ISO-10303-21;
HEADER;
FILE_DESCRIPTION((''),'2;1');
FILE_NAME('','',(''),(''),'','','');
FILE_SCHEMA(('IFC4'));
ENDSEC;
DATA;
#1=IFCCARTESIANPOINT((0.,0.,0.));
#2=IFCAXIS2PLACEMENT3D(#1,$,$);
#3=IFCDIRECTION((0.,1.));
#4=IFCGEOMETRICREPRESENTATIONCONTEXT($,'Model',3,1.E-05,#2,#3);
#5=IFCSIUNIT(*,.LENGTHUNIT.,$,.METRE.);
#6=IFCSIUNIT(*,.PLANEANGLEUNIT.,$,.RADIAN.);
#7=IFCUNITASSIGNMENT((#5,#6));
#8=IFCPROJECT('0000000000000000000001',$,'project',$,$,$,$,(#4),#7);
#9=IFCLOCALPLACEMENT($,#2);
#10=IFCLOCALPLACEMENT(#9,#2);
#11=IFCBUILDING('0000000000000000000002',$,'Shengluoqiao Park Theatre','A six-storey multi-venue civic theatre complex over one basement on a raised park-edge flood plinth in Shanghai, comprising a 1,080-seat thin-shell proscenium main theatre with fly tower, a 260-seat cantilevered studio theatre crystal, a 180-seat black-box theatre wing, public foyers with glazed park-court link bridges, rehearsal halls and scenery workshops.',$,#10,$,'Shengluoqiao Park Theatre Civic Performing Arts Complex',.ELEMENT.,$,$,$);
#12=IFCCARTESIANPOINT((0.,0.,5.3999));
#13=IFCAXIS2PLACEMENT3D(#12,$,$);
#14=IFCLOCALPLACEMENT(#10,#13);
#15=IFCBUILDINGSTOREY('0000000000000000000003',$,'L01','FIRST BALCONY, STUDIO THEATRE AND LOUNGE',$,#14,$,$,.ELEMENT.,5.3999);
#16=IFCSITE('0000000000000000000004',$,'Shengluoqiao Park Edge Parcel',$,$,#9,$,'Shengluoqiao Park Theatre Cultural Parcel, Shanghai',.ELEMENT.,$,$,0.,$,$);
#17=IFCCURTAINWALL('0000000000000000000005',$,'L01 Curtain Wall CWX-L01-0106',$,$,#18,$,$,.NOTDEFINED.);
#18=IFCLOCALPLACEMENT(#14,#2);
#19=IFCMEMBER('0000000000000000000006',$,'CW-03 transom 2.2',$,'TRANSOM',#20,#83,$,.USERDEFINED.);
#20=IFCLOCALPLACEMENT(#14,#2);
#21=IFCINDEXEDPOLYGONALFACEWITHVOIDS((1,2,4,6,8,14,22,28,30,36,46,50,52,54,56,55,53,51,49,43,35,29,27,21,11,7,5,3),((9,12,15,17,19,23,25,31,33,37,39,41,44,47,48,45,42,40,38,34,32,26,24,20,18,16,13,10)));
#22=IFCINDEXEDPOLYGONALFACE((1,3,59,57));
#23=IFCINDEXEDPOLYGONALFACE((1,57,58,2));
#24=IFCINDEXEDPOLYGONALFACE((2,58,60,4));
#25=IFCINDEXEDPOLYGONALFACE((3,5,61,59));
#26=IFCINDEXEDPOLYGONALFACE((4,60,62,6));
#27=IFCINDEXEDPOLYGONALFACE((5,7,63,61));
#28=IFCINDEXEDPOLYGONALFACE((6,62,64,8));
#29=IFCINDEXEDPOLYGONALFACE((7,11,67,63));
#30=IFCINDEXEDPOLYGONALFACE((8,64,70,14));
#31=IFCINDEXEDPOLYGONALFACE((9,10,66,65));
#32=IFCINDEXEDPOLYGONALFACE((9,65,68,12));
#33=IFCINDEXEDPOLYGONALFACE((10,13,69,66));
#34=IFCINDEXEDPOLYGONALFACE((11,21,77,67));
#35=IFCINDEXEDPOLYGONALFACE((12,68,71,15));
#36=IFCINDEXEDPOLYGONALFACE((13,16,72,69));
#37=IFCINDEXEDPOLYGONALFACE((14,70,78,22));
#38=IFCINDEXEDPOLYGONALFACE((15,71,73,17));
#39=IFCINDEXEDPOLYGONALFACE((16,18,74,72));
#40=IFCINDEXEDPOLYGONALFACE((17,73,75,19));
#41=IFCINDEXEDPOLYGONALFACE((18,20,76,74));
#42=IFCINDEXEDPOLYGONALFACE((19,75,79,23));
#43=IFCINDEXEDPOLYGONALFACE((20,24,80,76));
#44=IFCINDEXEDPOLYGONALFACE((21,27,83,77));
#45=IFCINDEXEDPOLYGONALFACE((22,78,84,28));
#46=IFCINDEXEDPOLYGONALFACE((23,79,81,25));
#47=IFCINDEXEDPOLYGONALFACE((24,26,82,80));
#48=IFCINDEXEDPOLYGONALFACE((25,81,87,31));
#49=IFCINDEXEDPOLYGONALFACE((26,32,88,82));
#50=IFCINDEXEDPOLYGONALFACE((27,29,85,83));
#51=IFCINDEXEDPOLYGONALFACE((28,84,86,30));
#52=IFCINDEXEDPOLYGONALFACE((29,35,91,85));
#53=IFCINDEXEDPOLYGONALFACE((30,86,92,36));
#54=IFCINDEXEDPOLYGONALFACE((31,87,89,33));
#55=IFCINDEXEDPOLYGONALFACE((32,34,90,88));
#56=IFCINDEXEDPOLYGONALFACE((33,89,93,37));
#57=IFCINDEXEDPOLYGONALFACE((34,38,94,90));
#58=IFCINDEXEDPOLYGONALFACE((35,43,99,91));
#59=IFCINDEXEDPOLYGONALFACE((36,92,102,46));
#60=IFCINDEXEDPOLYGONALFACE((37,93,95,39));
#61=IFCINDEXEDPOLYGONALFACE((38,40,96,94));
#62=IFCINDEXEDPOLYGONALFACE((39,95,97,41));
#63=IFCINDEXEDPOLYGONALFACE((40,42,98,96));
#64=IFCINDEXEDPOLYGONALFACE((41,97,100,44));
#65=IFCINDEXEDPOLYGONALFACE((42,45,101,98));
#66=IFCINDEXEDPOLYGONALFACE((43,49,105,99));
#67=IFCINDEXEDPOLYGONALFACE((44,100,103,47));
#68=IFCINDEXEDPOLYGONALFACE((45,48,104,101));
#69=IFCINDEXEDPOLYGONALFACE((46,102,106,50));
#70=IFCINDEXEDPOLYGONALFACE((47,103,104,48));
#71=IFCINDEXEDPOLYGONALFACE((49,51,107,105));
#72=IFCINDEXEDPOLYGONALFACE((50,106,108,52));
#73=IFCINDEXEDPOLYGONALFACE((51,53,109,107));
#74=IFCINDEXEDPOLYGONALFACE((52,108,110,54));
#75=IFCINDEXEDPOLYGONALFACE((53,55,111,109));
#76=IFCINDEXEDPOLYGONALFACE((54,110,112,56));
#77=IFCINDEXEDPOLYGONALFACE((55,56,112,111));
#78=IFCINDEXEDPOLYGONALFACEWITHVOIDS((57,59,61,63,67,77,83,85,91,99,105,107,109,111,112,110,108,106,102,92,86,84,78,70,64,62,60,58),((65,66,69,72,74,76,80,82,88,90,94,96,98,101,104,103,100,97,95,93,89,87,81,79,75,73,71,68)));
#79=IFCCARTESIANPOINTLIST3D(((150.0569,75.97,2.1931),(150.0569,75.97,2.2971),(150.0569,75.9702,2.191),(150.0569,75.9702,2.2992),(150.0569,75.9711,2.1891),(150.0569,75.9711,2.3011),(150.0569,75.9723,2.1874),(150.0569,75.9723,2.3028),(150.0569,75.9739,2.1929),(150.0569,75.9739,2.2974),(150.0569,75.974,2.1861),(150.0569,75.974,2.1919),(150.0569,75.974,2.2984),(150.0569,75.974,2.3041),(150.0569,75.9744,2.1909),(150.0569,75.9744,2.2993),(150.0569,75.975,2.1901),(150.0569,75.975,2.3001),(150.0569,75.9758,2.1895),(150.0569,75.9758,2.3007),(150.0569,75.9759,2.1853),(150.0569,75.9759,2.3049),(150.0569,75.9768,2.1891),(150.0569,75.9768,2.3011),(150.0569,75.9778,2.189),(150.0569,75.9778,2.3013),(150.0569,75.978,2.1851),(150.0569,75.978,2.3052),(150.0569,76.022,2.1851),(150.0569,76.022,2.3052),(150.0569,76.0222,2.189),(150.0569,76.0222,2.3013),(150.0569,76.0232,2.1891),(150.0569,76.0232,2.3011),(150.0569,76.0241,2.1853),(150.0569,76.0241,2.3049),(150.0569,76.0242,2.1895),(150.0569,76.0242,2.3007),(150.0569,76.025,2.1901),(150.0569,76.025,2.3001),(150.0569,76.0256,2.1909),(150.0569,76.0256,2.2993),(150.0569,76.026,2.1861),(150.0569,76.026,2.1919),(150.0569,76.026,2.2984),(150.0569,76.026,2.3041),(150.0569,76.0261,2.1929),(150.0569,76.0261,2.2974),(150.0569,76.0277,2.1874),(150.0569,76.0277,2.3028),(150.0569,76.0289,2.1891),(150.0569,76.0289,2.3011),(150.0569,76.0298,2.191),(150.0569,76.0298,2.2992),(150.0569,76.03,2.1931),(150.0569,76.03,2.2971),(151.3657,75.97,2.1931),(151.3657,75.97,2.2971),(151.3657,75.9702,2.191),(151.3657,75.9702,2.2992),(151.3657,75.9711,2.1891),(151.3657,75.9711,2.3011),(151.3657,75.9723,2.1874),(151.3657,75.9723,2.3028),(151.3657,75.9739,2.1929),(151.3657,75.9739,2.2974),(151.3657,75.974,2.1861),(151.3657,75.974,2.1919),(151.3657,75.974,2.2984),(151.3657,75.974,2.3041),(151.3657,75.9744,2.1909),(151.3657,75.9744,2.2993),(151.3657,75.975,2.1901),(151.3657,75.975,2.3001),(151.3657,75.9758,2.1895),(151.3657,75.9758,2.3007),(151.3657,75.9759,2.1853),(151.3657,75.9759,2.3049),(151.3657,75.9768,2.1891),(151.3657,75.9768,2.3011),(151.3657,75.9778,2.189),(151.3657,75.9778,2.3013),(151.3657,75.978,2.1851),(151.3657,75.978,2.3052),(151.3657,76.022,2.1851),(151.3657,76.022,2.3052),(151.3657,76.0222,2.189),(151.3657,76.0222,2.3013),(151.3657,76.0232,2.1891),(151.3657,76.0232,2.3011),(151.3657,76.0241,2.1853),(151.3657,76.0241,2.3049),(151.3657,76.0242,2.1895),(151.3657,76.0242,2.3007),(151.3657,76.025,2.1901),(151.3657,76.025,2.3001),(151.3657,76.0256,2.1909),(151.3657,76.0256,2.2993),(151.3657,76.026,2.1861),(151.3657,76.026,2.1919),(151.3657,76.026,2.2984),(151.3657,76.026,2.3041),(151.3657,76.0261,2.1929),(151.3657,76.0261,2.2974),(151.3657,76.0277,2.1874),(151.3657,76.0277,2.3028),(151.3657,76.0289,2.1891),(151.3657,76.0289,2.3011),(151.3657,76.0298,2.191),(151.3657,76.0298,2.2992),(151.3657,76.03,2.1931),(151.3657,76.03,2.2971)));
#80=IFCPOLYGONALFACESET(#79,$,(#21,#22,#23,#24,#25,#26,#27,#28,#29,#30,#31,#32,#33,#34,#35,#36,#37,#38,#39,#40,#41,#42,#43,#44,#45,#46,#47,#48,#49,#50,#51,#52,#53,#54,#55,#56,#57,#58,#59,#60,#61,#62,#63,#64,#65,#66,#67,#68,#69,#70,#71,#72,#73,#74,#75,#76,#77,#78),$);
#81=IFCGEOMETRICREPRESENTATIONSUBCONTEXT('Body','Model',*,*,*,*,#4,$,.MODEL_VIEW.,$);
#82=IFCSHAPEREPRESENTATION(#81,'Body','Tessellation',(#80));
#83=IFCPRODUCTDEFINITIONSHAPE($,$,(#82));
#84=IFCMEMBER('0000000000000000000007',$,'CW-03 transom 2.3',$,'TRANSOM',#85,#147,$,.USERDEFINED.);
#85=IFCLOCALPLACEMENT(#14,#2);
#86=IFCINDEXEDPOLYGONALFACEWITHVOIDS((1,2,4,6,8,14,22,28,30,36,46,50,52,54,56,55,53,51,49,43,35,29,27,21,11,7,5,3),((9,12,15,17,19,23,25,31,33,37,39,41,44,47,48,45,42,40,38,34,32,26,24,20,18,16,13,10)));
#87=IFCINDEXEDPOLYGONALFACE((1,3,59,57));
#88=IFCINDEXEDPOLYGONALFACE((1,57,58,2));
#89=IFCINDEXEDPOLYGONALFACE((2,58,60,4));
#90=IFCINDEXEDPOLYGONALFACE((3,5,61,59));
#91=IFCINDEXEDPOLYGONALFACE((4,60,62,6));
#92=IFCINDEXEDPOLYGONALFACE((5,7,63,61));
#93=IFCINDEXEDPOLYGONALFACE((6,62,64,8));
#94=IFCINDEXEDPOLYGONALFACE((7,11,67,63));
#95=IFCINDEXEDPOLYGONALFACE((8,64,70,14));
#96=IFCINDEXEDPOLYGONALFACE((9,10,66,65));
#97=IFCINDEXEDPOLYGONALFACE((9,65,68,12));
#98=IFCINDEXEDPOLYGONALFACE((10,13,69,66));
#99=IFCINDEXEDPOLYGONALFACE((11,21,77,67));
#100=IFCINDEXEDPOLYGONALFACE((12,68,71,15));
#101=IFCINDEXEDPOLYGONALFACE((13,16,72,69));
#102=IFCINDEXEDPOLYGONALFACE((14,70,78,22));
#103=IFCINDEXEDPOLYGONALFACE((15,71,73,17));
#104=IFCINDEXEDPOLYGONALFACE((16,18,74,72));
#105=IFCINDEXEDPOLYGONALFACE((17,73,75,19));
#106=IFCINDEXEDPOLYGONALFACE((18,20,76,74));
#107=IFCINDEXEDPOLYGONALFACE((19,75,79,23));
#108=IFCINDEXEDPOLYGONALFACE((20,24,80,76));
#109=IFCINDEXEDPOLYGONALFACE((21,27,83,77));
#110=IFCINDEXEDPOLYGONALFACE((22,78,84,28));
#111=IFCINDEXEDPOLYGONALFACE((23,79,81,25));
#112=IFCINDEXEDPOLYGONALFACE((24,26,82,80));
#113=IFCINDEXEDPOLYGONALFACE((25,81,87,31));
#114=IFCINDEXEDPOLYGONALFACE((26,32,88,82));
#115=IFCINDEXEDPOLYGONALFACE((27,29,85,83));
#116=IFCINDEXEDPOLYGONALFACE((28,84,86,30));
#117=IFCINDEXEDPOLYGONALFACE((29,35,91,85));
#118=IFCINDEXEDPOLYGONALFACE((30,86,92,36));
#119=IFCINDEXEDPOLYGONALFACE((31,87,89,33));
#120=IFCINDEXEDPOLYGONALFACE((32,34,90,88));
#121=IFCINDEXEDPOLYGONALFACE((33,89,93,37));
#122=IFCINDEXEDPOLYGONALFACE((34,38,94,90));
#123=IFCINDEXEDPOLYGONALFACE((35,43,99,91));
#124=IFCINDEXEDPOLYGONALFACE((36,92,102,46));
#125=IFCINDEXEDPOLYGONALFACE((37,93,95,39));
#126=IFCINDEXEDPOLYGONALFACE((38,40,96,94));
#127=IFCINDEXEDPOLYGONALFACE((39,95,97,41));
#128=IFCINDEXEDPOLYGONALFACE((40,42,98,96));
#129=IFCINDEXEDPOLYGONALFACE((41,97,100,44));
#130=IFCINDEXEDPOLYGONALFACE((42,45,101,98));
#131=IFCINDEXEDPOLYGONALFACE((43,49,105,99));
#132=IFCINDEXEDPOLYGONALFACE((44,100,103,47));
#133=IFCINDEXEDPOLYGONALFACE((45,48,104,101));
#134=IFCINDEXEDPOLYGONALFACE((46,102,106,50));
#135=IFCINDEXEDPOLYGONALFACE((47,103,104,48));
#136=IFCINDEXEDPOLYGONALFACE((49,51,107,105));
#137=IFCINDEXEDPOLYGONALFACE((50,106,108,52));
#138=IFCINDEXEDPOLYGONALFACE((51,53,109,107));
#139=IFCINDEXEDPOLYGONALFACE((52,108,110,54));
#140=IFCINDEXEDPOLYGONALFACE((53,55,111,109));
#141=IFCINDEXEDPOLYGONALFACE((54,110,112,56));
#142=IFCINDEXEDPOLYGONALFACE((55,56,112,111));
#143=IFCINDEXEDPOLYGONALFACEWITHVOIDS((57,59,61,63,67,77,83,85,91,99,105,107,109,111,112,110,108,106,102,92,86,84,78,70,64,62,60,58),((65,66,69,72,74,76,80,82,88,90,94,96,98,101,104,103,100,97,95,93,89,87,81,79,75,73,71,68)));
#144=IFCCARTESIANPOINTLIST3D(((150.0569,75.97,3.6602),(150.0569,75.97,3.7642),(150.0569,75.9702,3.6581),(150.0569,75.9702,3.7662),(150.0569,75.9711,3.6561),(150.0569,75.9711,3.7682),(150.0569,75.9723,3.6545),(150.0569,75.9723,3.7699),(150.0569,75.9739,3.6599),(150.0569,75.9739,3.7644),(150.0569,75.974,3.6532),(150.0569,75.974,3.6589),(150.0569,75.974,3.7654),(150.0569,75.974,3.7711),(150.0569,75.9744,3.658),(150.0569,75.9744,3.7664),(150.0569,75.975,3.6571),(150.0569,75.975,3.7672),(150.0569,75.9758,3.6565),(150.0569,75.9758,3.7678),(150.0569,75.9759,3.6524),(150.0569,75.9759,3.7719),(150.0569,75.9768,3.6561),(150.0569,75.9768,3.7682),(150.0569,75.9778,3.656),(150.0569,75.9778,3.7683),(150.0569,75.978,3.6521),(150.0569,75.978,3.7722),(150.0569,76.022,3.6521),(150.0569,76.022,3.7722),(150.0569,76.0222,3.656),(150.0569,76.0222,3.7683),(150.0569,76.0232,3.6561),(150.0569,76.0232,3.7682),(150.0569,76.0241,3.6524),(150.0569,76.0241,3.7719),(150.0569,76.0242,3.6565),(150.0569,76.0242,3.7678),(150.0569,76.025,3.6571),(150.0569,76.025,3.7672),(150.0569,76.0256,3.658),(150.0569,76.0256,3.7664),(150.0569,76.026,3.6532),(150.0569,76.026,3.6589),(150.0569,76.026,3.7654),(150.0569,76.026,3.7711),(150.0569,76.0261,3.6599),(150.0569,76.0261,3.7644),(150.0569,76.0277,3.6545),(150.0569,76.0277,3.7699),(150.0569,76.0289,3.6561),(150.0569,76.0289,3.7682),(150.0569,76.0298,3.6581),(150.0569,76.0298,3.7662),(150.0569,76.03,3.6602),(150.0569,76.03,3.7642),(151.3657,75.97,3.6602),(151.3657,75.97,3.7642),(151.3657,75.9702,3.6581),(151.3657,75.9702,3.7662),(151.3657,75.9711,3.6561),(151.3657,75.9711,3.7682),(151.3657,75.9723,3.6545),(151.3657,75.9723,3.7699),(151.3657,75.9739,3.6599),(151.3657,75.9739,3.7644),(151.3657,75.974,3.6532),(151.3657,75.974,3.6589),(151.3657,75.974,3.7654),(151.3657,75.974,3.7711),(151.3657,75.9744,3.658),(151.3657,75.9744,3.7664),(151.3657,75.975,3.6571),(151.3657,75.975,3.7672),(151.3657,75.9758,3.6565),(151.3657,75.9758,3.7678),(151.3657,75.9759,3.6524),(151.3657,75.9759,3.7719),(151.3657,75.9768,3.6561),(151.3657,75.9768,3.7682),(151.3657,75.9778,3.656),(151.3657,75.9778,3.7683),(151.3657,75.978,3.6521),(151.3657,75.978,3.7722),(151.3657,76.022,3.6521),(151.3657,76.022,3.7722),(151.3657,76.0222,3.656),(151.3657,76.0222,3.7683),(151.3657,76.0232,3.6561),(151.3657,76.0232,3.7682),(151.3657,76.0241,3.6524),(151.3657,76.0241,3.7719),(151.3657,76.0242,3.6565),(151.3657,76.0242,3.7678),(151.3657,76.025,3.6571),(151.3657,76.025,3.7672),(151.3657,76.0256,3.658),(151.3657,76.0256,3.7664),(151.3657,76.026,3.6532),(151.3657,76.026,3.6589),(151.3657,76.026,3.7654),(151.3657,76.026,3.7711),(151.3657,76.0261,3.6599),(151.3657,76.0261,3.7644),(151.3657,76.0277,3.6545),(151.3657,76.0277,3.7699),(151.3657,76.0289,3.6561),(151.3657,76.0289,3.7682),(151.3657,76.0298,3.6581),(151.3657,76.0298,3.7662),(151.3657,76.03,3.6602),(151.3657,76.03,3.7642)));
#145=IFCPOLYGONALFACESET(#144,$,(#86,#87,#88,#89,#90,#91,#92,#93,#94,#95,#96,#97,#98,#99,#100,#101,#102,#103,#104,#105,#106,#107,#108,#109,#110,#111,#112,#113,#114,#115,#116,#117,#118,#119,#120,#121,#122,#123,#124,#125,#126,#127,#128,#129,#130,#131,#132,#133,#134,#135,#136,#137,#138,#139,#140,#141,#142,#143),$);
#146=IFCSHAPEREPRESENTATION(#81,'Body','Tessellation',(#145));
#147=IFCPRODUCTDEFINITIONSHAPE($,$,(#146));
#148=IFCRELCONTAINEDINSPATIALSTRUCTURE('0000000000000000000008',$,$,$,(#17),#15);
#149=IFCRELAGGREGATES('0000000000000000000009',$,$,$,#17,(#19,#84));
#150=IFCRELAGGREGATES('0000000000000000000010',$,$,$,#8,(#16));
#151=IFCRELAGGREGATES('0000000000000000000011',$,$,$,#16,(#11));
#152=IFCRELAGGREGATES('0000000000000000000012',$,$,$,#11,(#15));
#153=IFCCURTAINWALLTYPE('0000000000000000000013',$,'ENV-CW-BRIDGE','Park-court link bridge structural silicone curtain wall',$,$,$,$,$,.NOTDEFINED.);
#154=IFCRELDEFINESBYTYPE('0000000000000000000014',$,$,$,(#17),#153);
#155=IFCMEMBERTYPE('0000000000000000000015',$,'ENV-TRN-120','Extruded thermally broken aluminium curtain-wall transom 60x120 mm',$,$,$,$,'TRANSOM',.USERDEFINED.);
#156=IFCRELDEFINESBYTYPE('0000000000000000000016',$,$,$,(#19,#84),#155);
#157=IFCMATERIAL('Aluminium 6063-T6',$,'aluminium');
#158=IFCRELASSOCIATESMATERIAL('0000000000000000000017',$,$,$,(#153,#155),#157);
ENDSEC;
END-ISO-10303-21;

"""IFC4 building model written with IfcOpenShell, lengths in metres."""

from ifc_helpers import new_model, si_unit, direction, frame, origin, origin_2d, place, context, subcontext, project, spatial, hollow_rectangle, extrude, material, material_profile, profile_set, type_object, element, aggregate, save


model = new_model("IFC4")

# Units and contexts
model_context = context("Model", 3, precision=1e-05, world=origin(), true_north=direction((0.0, 1.0)))
body_context = subcontext(model_context, "Body", "Model", "MODEL_VIEW")
ifc_project = project(units=[si_unit("LENGTHUNIT", "METRE"), si_unit("PLANEANGLEUNIT", "RADIAN")], contexts=[model_context])

# Site, building, storey
site_placement = place(None, origin())
site = spatial("IfcSite", under=ifc_project, at=site_placement, Name="Shengluoqiao Park Edge Parcel", LongName="Shengluoqiao Park Theatre Cultural Parcel, Shanghai", CompositionType="ELEMENT", RefElevation=0.0)
building_placement = place(site_placement, origin())
building = spatial("IfcBuilding", under=site, at=building_placement, Name="Shengluoqiao Park Theatre", Description="A six-storey multi-venue civic theatre complex over one basement on a raised park-edge flood plinth in Shanghai, comprising a 1,080-seat thin-shell proscenium main theatre with fly tower, a 260-seat cantilevered studio theatre crystal, a 180-seat black-box theatre wing, public foyers with glazed park-court link bridges, rehearsal halls and scenery workshops.", LongName="Shengluoqiao Park Theatre Civic Performing Arts Complex", CompositionType="ELEMENT")
storey_placement = place(building_placement, frame((0.0, 0.0, 5.3999)))
storey = spatial("IfcBuildingStorey", under=building, at=storey_placement, Name="L01", Description="FIRST BALCONY, STUDIO THEATRE AND LOUNGE", CompositionType="ELEMENT", Elevation=5.3999)

# Curtain wall
ifc_material_1 = material(Name="Aluminium 6063-T6", Category="aluminium")
curtain_wall_type = type_object("IfcCurtainWallType", Name="ENV-CW-BRIDGE", Description="Park-court link bridge structural silicone curtain wall", PredefinedType="NOTDEFINED", material=ifc_material_1)
curtain_wall_1_placement = place(storey_placement, origin())
curtain_wall_1 = element("IfcCurtainWall", 1, at=curtain_wall_1_placement, inside=storey, type_object=curtain_wall_type, Name="L01 Curtain Wall CWX-L01-0106", PredefinedType="NOTDEFINED")

# Members
ifc_material_profile_1 = material_profile(ifc_material_1, hollow_rectangle(XDim=0.0601, YDim=0.1201, WallThickness=0.0039, InnerFilletRadius=0.0039, OuterFilletRadius=0.0081, at=origin_2d()), Name="ALU TRANSOM 120x60x4")
ifc_profile_set_1 = profile_set([ifc_material_profile_1], Name="Aluminium 6063-T6")
member_type_1 = type_object("IfcMemberType", Name="ENV-TRN-120", Description="Extruded thermally broken aluminium curtain-wall transom 60x120 mm", ElementType="TRANSOM", PredefinedType="USERDEFINED", material=ifc_profile_set_1)
member_1_placement = place(storey_placement, frame((150.0569, 76.0, 2.2451), z_axis=(1.0, 0.0, 0.0), x_axis=(0.0, 1.0, 0.0)))
member_1 = element("IfcMember", 2, at=member_1_placement, type_object=member_type_1, Name="CW-03 transom 2.2", ObjectType="TRANSOM", PredefinedType="USERDEFINED", context=body_context, shape_type="SweptSolid", body=[
    extrude(hollow_rectangle(XDim=0.0601, YDim=0.1201, WallThickness=0.0039, InnerFilletRadius=0.0039, OuterFilletRadius=0.0081, at=origin_2d()), origin(), (0.0, 0.0, 1.0), 1.3088),
])
member_2_placement = place(storey_placement, frame((150.0569, 76.0, 3.7122), z_axis=(1.0, 0.0, 0.0), x_axis=(0.0, 1.0, 0.0)))
member_2 = element("IfcMember", 3, at=member_2_placement, type_object=member_type_1, Name="CW-03 transom 2.3", ObjectType="TRANSOM", PredefinedType="USERDEFINED", context=body_context, shape_type="SweptSolid", body=[
    extrude(hollow_rectangle(XDim=0.0601, YDim=0.1201, WallThickness=0.0039, InnerFilletRadius=0.0039, OuterFilletRadius=0.0081, at=origin_2d()), origin(), (0.0, 0.0, 1.0), 1.3088),
])

aggregate(curtain_wall_1, [member_1, member_2])

save(model, "model.ifc")
